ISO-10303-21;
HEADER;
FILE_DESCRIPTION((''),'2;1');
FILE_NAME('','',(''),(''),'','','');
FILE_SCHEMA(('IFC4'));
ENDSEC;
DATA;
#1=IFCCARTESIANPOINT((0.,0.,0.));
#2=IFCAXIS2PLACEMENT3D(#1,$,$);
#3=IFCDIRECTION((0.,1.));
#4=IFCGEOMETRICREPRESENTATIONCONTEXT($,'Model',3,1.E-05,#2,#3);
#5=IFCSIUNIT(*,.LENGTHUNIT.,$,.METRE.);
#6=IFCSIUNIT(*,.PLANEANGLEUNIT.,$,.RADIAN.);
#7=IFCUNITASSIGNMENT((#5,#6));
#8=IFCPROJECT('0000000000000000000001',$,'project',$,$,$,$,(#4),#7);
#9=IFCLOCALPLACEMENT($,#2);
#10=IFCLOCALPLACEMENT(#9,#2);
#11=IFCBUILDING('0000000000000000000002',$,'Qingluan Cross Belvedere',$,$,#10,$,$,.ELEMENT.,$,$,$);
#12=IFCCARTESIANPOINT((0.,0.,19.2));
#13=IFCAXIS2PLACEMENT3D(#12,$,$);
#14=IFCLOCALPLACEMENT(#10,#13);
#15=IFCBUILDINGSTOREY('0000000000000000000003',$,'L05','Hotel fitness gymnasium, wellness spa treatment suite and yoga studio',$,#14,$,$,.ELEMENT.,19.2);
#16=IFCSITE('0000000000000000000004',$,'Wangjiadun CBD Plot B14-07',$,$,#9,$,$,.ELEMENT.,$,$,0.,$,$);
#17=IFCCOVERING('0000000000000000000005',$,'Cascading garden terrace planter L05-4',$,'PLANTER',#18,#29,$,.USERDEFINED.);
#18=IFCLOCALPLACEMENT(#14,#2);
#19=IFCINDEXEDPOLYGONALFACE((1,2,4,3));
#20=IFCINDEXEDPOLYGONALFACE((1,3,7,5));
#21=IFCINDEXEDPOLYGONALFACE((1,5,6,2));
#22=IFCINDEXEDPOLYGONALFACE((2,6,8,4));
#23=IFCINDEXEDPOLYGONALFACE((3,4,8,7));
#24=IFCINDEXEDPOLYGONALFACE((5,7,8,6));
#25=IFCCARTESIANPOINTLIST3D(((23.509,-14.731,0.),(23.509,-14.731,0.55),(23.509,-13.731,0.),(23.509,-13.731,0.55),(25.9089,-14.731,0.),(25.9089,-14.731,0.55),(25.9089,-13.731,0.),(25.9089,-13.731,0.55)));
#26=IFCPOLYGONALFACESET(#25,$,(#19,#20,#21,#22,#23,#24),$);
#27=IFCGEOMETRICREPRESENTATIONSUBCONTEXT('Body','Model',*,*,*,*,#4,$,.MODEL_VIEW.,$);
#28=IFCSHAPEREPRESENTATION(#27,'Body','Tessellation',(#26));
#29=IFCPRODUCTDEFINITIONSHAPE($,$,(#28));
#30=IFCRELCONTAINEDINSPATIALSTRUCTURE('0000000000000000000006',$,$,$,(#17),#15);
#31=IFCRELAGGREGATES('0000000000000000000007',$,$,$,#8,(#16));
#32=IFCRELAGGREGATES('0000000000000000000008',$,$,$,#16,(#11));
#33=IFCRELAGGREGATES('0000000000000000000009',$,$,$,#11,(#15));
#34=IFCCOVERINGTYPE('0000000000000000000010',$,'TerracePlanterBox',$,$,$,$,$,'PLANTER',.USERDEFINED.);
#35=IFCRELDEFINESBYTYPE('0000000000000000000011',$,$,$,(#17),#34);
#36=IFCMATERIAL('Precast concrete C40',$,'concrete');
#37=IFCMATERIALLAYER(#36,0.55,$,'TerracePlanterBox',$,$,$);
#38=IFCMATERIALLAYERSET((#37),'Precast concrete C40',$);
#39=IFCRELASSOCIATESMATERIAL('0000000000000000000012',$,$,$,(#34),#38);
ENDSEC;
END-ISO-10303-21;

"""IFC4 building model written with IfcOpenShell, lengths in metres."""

from ifc_helpers import new_model, si_unit, direction, frame, origin, origin_2d, place, context, subcontext, project, spatial, rectangle, extrude, material, layer, layer_set, type_object, element, save


model = new_model("IFC4")

# Units and contexts
model_context = context("Model", 3, precision=1e-05, world=origin(), true_north=direction((0.0, 1.0)))
body_context = subcontext(model_context, "Body", "Model", "MODEL_VIEW")
ifc_project = project(units=[si_unit("LENGTHUNIT", "METRE"), si_unit("PLANEANGLEUNIT", "RADIAN")], contexts=[model_context])

# Site, building, storey
site_placement = place(None, origin())
site = spatial("IfcSite", under=ifc_project, at=site_placement, Name="Wangjiadun CBD Plot B14-07", CompositionType="ELEMENT", RefElevation=0.0)
building_placement = place(site_placement, origin())
building = spatial("IfcBuilding", under=site, at=building_placement, Name="Qingluan Cross Belvedere", CompositionType="ELEMENT")
storey_placement = place(building_placement, frame((0.0, 0.0, 19.2)))
storey = spatial("IfcBuildingStorey", under=building, at=storey_placement, Name="L05", Description="Hotel fitness gymnasium, wellness spa treatment suite and yoga studio", CompositionType="ELEMENT", Elevation=19.2)

# Covering
ifc_material_1 = material(Name="Precast concrete C40", Category="concrete")
ifc_layer_1 = layer(ifc_material_1, 0.55, Name="TerracePlanterBox")
ifc_layer_set_1 = layer_set([ifc_layer_1], Name="Precast concrete C40")
covering_type = type_object("IfcCoveringType", Name="TerracePlanterBox", ElementType="PLANTER", PredefinedType="USERDEFINED", material=ifc_layer_set_1)
covering_placement = place(storey_placement, frame((24.709, -14.231, 0.0), z_axis=(0.0, 0.0, 1.0), x_axis=(1.0, 0.0, 0.0)))
element("IfcCovering", 1, at=covering_placement, inside=storey, type_object=covering_type, Name="Cascading garden terrace planter L05-4", ObjectType="PLANTER", PredefinedType="USERDEFINED", context=body_context, shape_type="SweptSolid", body=[
    extrude(rectangle(XDim=2.3999, YDim=1.0, at=origin_2d()), origin(), (0.0, 0.0, 1.0), 0.55),
])

save(model, "model.ifc")
